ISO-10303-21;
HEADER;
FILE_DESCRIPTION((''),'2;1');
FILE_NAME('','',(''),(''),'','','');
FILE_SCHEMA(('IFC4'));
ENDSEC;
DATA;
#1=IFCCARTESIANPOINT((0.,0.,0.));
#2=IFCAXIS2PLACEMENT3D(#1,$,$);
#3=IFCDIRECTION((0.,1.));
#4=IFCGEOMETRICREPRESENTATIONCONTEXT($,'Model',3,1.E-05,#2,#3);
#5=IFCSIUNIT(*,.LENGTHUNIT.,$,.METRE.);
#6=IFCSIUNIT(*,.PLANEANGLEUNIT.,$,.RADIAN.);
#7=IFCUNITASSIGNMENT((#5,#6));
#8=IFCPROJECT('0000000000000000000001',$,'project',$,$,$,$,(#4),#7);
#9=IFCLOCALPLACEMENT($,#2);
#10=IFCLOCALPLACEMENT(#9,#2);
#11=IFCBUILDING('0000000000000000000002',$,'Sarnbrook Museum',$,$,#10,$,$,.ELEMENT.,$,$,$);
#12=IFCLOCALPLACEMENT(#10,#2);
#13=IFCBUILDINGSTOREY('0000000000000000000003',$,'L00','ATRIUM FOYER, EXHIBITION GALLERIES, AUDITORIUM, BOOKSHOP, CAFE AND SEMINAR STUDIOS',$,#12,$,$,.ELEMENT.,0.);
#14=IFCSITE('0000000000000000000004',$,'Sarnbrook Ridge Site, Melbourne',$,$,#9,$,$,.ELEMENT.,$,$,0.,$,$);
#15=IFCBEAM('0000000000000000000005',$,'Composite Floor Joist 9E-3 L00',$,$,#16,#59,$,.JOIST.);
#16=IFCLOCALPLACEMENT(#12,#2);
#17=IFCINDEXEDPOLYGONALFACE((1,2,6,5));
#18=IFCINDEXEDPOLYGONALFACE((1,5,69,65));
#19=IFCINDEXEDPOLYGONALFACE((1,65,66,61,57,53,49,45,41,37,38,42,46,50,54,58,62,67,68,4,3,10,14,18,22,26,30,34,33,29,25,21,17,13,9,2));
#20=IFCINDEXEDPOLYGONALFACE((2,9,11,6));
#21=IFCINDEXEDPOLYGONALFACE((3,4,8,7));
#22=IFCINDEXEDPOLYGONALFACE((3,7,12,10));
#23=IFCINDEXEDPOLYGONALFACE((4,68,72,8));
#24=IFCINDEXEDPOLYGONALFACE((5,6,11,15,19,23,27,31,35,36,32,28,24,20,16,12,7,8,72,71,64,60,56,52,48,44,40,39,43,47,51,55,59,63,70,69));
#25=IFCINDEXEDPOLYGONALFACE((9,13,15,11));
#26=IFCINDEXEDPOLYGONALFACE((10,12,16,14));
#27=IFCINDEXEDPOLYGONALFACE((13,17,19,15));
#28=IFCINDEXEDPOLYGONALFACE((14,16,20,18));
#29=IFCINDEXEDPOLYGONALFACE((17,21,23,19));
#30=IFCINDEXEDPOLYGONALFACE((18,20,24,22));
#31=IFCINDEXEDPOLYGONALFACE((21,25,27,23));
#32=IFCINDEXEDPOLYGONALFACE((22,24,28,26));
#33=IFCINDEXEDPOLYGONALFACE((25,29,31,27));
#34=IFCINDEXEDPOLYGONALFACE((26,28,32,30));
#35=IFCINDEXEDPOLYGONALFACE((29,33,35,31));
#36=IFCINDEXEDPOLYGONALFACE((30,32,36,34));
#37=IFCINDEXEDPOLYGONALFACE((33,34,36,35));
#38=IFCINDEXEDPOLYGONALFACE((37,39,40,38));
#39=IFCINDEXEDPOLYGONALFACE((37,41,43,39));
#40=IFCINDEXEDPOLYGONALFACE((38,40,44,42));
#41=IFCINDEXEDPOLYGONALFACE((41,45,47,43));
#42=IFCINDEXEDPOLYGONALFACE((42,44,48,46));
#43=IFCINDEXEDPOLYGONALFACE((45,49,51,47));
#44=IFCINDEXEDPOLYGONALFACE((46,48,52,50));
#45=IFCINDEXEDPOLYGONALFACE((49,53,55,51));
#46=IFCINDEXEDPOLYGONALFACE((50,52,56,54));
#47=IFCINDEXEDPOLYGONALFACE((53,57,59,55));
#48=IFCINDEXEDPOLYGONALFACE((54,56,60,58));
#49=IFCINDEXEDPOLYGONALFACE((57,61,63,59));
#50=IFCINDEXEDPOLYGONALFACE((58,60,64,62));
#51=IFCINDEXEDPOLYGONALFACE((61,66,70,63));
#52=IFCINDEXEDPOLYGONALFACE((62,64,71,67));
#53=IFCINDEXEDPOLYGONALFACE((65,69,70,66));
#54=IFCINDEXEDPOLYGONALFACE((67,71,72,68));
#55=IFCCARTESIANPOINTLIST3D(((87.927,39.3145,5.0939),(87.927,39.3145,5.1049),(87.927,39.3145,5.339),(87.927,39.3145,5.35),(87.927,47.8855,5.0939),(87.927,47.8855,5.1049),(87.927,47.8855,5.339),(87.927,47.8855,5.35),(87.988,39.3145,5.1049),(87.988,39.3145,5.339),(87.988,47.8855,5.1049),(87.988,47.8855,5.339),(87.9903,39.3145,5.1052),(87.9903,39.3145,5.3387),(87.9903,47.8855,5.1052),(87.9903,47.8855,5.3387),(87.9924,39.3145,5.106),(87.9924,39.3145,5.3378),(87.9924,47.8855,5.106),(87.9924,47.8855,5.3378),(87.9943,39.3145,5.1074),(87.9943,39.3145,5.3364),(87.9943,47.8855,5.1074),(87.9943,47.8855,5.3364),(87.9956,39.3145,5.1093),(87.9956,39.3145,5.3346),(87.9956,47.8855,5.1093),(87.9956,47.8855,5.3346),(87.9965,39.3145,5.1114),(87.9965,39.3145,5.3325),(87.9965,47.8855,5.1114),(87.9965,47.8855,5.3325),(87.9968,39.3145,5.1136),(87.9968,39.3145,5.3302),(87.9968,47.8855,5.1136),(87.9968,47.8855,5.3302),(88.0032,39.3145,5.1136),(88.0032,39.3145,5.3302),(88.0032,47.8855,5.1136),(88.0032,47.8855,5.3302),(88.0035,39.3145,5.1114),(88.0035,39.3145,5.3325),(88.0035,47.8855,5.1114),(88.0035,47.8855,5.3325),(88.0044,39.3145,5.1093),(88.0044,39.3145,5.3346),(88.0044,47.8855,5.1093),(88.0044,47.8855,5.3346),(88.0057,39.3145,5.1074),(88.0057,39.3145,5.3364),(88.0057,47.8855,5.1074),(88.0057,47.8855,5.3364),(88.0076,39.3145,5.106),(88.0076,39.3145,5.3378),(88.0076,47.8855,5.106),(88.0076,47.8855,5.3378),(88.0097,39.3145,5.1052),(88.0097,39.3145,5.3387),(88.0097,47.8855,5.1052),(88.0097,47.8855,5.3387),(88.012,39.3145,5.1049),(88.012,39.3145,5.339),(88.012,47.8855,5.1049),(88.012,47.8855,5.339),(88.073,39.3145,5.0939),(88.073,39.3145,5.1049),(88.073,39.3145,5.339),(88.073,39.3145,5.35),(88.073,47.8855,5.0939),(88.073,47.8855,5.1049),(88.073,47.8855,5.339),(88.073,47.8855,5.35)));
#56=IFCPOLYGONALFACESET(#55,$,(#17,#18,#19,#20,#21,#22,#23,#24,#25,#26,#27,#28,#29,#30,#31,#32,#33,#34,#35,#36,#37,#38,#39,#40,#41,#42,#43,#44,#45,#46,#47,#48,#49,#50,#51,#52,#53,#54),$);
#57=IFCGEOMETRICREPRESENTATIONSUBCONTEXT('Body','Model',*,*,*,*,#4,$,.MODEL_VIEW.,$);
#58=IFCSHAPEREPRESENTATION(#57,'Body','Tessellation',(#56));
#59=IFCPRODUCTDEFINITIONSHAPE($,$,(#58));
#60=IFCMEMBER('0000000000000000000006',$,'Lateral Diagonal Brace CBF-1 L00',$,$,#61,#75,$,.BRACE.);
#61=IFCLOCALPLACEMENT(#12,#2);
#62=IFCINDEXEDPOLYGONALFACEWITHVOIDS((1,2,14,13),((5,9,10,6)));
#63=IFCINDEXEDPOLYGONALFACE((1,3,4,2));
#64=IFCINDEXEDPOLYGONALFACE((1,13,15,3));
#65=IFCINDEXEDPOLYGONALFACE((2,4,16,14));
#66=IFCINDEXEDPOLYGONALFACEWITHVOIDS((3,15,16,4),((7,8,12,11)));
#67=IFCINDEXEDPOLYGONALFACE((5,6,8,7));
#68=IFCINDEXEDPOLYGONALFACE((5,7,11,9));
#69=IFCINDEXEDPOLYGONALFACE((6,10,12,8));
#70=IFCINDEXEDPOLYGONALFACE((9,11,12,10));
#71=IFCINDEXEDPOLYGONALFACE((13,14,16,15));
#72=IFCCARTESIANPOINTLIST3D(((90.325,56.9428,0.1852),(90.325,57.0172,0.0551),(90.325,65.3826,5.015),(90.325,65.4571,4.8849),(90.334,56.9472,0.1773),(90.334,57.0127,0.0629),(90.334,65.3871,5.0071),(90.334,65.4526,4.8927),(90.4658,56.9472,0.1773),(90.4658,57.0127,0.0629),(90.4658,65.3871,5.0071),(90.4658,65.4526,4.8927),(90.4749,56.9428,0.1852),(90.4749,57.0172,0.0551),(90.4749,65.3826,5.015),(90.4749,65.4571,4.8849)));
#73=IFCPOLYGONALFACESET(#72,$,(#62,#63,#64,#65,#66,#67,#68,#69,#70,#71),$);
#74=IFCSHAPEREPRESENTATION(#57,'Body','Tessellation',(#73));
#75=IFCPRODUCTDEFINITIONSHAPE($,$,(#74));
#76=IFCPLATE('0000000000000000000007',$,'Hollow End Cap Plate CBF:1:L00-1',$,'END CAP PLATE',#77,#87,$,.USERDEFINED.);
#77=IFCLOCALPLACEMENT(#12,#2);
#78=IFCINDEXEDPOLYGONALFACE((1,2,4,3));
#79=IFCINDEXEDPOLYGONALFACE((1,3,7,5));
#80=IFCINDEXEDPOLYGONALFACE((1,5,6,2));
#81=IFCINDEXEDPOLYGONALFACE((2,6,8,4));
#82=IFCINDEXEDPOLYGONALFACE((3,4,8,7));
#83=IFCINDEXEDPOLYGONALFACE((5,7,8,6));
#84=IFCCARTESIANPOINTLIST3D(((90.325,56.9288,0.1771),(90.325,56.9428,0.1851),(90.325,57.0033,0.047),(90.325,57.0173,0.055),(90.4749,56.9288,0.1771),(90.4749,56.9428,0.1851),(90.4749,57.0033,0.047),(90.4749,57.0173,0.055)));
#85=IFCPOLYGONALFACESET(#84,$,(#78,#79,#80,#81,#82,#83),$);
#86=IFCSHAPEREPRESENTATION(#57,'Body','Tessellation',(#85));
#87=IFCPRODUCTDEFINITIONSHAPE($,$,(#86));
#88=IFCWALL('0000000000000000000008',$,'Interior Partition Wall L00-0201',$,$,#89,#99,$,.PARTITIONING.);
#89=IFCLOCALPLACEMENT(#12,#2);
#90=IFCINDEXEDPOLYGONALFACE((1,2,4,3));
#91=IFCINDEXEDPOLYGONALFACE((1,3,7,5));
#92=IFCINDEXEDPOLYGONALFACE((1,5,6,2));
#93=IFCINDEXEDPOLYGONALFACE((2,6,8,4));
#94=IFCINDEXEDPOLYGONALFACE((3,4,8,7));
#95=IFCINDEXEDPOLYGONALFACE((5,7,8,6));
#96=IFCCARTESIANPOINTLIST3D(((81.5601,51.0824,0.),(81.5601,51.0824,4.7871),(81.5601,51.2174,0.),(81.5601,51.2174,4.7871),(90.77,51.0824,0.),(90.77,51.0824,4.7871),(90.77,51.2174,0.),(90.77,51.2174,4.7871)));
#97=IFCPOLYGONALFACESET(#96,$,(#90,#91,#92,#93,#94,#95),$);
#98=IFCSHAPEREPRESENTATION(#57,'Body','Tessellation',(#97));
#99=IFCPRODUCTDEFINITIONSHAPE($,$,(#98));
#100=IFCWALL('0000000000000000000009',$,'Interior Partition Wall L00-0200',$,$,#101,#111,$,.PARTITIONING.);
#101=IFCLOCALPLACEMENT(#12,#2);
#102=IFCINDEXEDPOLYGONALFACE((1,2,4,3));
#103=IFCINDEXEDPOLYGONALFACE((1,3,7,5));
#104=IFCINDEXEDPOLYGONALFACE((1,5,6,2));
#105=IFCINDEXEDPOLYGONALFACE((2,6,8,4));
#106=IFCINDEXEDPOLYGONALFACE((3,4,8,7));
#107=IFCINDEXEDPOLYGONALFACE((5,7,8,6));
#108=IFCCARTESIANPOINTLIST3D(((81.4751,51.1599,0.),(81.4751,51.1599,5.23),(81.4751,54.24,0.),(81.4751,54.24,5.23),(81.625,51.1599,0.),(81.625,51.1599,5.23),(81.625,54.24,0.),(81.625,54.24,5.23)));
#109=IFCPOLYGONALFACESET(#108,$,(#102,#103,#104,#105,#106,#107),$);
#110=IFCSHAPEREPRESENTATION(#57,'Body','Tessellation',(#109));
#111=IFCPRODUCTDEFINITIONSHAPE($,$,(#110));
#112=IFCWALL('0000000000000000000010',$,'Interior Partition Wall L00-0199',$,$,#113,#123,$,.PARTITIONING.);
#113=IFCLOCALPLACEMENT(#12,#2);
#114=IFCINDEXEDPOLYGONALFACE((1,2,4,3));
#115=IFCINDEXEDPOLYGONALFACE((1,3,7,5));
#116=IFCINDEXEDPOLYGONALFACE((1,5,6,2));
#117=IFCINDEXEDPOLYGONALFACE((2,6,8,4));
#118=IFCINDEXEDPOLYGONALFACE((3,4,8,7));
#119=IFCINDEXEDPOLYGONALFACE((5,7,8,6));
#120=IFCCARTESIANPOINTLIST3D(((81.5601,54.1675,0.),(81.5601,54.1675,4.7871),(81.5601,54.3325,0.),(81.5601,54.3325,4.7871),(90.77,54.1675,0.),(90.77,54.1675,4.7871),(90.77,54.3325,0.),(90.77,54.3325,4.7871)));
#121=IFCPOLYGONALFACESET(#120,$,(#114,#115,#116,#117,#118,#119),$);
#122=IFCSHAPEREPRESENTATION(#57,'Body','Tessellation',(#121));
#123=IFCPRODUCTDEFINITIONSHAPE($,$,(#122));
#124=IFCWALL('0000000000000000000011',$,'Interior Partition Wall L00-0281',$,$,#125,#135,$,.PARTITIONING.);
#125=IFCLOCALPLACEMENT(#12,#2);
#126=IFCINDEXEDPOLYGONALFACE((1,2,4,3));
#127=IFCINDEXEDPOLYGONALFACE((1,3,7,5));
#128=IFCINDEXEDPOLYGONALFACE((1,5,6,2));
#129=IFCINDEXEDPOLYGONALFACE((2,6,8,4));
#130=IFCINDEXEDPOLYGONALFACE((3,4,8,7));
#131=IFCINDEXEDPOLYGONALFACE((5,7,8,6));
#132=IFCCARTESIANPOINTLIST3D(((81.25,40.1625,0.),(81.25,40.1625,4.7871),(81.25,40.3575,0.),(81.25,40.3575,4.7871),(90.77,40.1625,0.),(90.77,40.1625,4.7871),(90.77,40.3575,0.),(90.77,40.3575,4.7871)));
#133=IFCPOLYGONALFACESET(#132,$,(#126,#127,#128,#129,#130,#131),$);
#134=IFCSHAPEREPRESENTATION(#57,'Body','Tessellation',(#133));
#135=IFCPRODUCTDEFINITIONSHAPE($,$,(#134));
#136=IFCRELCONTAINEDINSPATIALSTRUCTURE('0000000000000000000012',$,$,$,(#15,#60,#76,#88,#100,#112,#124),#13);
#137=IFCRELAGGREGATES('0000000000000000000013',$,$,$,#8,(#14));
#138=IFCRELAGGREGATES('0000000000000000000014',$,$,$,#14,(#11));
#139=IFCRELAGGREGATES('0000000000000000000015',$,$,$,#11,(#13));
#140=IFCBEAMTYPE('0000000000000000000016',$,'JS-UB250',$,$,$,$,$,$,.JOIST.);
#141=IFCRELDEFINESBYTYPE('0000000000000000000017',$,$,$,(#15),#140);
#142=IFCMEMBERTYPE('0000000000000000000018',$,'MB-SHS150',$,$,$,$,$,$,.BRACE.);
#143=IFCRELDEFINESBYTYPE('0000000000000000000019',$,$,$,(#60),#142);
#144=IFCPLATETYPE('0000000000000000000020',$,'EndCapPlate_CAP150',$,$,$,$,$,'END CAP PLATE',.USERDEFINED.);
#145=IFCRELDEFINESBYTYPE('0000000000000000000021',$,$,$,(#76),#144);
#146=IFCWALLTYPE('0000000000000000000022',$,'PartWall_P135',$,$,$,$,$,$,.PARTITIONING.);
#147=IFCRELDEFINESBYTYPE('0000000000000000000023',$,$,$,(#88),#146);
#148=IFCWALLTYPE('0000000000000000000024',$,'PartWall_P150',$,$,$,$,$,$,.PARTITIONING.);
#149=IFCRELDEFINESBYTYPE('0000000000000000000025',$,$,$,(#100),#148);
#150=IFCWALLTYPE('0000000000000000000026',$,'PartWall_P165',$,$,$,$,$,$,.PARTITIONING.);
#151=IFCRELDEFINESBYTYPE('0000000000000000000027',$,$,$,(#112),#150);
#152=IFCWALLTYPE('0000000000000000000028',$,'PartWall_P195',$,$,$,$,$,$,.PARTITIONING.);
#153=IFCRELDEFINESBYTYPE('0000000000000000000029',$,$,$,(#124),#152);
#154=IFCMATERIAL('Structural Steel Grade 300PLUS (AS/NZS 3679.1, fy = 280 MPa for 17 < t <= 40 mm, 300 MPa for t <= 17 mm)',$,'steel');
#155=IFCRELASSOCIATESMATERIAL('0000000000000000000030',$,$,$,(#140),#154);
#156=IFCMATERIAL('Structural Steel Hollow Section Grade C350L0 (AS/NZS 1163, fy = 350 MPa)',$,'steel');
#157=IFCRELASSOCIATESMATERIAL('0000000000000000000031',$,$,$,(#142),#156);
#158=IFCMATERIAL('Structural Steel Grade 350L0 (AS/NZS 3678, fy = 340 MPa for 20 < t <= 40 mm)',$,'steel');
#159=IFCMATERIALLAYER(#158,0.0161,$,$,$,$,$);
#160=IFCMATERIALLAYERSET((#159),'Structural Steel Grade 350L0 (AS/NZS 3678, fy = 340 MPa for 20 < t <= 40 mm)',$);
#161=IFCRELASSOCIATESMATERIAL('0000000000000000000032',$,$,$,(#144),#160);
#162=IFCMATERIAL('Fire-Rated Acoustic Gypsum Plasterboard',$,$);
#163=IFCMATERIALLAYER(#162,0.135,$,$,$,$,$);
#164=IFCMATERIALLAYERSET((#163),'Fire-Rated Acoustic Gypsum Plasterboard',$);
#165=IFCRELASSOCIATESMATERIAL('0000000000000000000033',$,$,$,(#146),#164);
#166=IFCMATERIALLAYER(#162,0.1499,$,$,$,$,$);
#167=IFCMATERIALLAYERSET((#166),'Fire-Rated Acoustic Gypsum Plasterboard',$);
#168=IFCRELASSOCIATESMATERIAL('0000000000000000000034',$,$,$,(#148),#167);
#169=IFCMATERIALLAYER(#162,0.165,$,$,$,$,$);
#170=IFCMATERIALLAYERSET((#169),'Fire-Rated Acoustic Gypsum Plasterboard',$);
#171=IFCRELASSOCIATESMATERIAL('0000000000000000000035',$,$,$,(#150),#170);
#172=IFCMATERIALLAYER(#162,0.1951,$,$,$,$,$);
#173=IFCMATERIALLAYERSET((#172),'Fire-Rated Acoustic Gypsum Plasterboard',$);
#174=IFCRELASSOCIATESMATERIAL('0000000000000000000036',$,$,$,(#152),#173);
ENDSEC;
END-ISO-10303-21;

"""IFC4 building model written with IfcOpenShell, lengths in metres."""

from ifc_helpers import new_model, si_unit, direction, frame, frame_2d, origin, origin_2d, place, context, subcontext, project, spatial, rectangle, hollow_rectangle, i_section, extrude, material, layer, layer_set, material_profile, profile_set, type_object, element, save


model = new_model("IFC4")

# Units and contexts
model_context = context("Model", 3, precision=1e-05, world=origin(), true_north=direction((0.0, 1.0)))
body_context = subcontext(model_context, "Body", "Model", "MODEL_VIEW")
ifc_project = project(units=[si_unit("LENGTHUNIT", "METRE"), si_unit("PLANEANGLEUNIT", "RADIAN")], contexts=[model_context])

# Site, building, storey
site_placement = place(None, origin())
site = spatial("IfcSite", under=ifc_project, at=site_placement, Name="Sarnbrook Ridge Site, Melbourne", CompositionType="ELEMENT", RefElevation=0.0)
building_placement = place(site_placement, origin())
building = spatial("IfcBuilding", under=site, at=building_placement, Name="Sarnbrook Museum", CompositionType="ELEMENT")
storey_placement = place(building_placement, origin())
storey = spatial("IfcBuildingStorey", under=building, at=storey_placement, Name="L00", Description="ATRIUM FOYER, EXHIBITION GALLERIES, AUDITORIUM, BOOKSHOP, CAFE AND SEMINAR STUDIOS", CompositionType="ELEMENT", Elevation=0.0)

# Shared definitions
ifc_material_1 = material(Name="Structural Steel Grade 300PLUS (AS/NZS 3679.1, fy = 280 MPa for 17 < t <= 40 mm, 300 MPa for t <= 17 mm)", Category="steel")
ifc_material_2 = material(Name="Structural Steel Grade 350L0 (AS/NZS 3678, fy = 340 MPa for 20 < t <= 40 mm)", Category="steel")

# Beam
ifc_material_profile_1 = material_profile(ifc_material_1, i_section(OverallWidth=0.146, OverallDepth=0.2561, WebThickness=0.0063, FlangeThickness=0.011, FilletRadius=0.0088, at=origin_2d()), Name="250UB37.3")
ifc_profile_set_1 = profile_set([ifc_material_profile_1], Name="Structural Steel Grade 300PLUS (AS/NZS 3679.1, fy = 280 MPa for 17 < t <= 40 mm, 300 MPa for t <= 17 mm)")
beam_type_1 = type_object("IfcBeamType", Name="JS-UB250", PredefinedType="JOIST", material=ifc_profile_set_1)
beam_1_placement = place(storey_placement, frame((88.0, 39.3145, 5.2219), z_axis=(0.0, 1.0, 0.0), x_axis=(-1.0, 0.0, 0.0)))
element("IfcBeam", 1, at=beam_1_placement, inside=storey, type_object=beam_type_1, Name="Composite Floor Joist 9E-3 L00", PredefinedType="JOIST", context=body_context, shape_type="SweptSolid", body=[
    extrude(i_section(OverallWidth=0.146, OverallDepth=0.2561, WebThickness=0.0063, FlangeThickness=0.011, FilletRadius=0.0088, at=origin_2d()), origin(), (0.0, 0.0, 1.0), 8.571),
])

# Member
ifc_material_3 = material(Name="Structural Steel Hollow Section Grade C350L0 (AS/NZS 1163, fy = 350 MPa)", Category="steel")
ifc_material_profile_2 = material_profile(ifc_material_3, hollow_rectangle(XDim=0.1499, YDim=0.1499, WallThickness=0.009, at=origin_2d()), Name="150x150x9.0SHS")
ifc_profile_set_2 = profile_set([ifc_material_profile_2], Name="Structural Steel Hollow Section Grade C350L0 (AS/NZS 1163, fy = 350 MPa)")
member_type = type_object("IfcMemberType", Name="MB-SHS150", PredefinedType="BRACE", material=ifc_profile_set_2)
member_placement = place(storey_placement, frame((90.3999, 56.98, 0.1201), z_axis=(0.0, 0.867932, 0.496682), x_axis=(-1.0, 0.0, 0.0)))
element("IfcMember", 2, at=member_placement, inside=storey, type_object=member_type, Name="Lateral Diagonal Brace CBF-1 L00", PredefinedType="BRACE", context=body_context, shape_type="SweptSolid", body=[
    extrude(hollow_rectangle(XDim=0.1499, YDim=0.1499, WallThickness=0.009, at=origin_2d()), origin(), (0.0, 0.0, 1.0), 9.7241),
])

# Plate
ifc_layer_1 = layer(ifc_material_2, 0.0161)
ifc_layer_set_1 = layer_set([ifc_layer_1], Name="Structural Steel Grade 350L0 (AS/NZS 3678, fy = 340 MPa for 20 < t <= 40 mm)")
plate_type = type_object("IfcPlateType", Name="EndCapPlate_CAP150", ElementType="END CAP PLATE", PredefinedType="USERDEFINED", material=ifc_layer_set_1)
plate_placement = place(storey_placement, frame((90.3999, 56.9661, 0.1121), z_axis=(0.0, 0.867927, 0.496693), x_axis=(-1.0, 0.0, 0.0)))
element("IfcPlate", 3, at=plate_placement, inside=storey, type_object=plate_type, Name="Hollow End Cap Plate CBF:1:L00-1", ObjectType="END CAP PLATE", PredefinedType="USERDEFINED", context=body_context, shape_type="SweptSolid", body=[
    extrude(rectangle(XDim=0.1499, YDim=0.1499, at=origin_2d()), origin(), (0.0, 0.0, 1.0), 0.0161),
])

# Walls
ifc_material_4 = material(Name="Fire-Rated Acoustic Gypsum Plasterboard")
ifc_layer_2 = layer(ifc_material_4, 0.135)
ifc_layer_set_2 = layer_set([ifc_layer_2], Name="Fire-Rated Acoustic Gypsum Plasterboard")
wall_type_1 = type_object("IfcWallType", Name="PartWall_P135", PredefinedType="PARTITIONING", material=ifc_layer_set_2)
wall_1_placement = place(storey_placement, frame((81.5601, 51.1499, 0.0), z_axis=(0.0, 0.0, 1.0), x_axis=(1.0, 0.0, 0.0)))
element("IfcWall", 4, at=wall_1_placement, inside=storey, type_object=wall_type_1, Name="Interior Partition Wall L00-0201", PredefinedType="PARTITIONING", context=body_context, shape_type="SweptSolid", body=[
    extrude(rectangle(XDim=9.21, YDim=0.135, at=frame_2d((4.605, 0.0))), origin(), (0.0, 0.0, 1.0), 4.7871),
])
ifc_layer_3 = layer(ifc_material_4, 0.1499)
ifc_layer_set_3 = layer_set([ifc_layer_3], Name="Fire-Rated Acoustic Gypsum Plasterboard")
wall_type_2 = type_object("IfcWallType", Name="PartWall_P150", PredefinedType="PARTITIONING", material=ifc_layer_set_3)
wall_2_placement = place(storey_placement, frame((81.55, 54.24, 0.0), z_axis=(0.0, 0.0, 1.0), x_axis=(0.0, -1.0, 0.0)))
element("IfcWall", 5, at=wall_2_placement, inside=storey, type_object=wall_type_2, Name="Interior Partition Wall L00-0200", PredefinedType="PARTITIONING", context=body_context, shape_type="SweptSolid", body=[
    extrude(rectangle(XDim=3.0801, YDim=0.1499, at=frame_2d((1.54, 0.0))), origin(), (0.0, 0.0, 1.0), 5.23),
])
ifc_layer_4 = layer(ifc_material_4, 0.165)
ifc_layer_set_4 = layer_set([ifc_layer_4], Name="Fire-Rated Acoustic Gypsum Plasterboard")
wall_type_3 = type_object("IfcWallType", Name="PartWall_P165", PredefinedType="PARTITIONING", material=ifc_layer_set_4)
wall_3_placement = place(storey_placement, frame((90.77, 54.25, 0.0), z_axis=(0.0, 0.0, 1.0), x_axis=(-1.0, 0.0, 0.0)))
element("IfcWall", 6, at=wall_3_placement, inside=storey, type_object=wall_type_3, Name="Interior Partition Wall L00-0199", PredefinedType="PARTITIONING", context=body_context, shape_type="SweptSolid", body=[
    extrude(rectangle(XDim=9.21, YDim=0.165, at=frame_2d((4.605, 0.0))), origin(), (0.0, 0.0, 1.0), 4.7871),
])
ifc_layer_5 = layer(ifc_material_4, 0.1951)
ifc_layer_set_5 = layer_set([ifc_layer_5], Name="Fire-Rated Acoustic Gypsum Plasterboard")
wall_type_4 = type_object("IfcWallType", Name="PartWall_P195", PredefinedType="PARTITIONING", material=ifc_layer_set_5)
wall_4_placement = place(storey_placement, frame((81.25, 40.26, 0.0), z_axis=(0.0, 0.0, 1.0), x_axis=(1.0, 0.0, 0.0)))
element("IfcWall", 7, at=wall_4_placement, inside=storey, type_object=wall_type_4, Name="Interior Partition Wall L00-0281", PredefinedType="PARTITIONING", context=body_context, shape_type="SweptSolid", body=[
    extrude(rectangle(XDim=9.52, YDim=0.1951, at=frame_2d((4.76, 0.0))), origin(), (0.0, 0.0, 1.0), 4.7871),
])

save(model, "model.ifc")
